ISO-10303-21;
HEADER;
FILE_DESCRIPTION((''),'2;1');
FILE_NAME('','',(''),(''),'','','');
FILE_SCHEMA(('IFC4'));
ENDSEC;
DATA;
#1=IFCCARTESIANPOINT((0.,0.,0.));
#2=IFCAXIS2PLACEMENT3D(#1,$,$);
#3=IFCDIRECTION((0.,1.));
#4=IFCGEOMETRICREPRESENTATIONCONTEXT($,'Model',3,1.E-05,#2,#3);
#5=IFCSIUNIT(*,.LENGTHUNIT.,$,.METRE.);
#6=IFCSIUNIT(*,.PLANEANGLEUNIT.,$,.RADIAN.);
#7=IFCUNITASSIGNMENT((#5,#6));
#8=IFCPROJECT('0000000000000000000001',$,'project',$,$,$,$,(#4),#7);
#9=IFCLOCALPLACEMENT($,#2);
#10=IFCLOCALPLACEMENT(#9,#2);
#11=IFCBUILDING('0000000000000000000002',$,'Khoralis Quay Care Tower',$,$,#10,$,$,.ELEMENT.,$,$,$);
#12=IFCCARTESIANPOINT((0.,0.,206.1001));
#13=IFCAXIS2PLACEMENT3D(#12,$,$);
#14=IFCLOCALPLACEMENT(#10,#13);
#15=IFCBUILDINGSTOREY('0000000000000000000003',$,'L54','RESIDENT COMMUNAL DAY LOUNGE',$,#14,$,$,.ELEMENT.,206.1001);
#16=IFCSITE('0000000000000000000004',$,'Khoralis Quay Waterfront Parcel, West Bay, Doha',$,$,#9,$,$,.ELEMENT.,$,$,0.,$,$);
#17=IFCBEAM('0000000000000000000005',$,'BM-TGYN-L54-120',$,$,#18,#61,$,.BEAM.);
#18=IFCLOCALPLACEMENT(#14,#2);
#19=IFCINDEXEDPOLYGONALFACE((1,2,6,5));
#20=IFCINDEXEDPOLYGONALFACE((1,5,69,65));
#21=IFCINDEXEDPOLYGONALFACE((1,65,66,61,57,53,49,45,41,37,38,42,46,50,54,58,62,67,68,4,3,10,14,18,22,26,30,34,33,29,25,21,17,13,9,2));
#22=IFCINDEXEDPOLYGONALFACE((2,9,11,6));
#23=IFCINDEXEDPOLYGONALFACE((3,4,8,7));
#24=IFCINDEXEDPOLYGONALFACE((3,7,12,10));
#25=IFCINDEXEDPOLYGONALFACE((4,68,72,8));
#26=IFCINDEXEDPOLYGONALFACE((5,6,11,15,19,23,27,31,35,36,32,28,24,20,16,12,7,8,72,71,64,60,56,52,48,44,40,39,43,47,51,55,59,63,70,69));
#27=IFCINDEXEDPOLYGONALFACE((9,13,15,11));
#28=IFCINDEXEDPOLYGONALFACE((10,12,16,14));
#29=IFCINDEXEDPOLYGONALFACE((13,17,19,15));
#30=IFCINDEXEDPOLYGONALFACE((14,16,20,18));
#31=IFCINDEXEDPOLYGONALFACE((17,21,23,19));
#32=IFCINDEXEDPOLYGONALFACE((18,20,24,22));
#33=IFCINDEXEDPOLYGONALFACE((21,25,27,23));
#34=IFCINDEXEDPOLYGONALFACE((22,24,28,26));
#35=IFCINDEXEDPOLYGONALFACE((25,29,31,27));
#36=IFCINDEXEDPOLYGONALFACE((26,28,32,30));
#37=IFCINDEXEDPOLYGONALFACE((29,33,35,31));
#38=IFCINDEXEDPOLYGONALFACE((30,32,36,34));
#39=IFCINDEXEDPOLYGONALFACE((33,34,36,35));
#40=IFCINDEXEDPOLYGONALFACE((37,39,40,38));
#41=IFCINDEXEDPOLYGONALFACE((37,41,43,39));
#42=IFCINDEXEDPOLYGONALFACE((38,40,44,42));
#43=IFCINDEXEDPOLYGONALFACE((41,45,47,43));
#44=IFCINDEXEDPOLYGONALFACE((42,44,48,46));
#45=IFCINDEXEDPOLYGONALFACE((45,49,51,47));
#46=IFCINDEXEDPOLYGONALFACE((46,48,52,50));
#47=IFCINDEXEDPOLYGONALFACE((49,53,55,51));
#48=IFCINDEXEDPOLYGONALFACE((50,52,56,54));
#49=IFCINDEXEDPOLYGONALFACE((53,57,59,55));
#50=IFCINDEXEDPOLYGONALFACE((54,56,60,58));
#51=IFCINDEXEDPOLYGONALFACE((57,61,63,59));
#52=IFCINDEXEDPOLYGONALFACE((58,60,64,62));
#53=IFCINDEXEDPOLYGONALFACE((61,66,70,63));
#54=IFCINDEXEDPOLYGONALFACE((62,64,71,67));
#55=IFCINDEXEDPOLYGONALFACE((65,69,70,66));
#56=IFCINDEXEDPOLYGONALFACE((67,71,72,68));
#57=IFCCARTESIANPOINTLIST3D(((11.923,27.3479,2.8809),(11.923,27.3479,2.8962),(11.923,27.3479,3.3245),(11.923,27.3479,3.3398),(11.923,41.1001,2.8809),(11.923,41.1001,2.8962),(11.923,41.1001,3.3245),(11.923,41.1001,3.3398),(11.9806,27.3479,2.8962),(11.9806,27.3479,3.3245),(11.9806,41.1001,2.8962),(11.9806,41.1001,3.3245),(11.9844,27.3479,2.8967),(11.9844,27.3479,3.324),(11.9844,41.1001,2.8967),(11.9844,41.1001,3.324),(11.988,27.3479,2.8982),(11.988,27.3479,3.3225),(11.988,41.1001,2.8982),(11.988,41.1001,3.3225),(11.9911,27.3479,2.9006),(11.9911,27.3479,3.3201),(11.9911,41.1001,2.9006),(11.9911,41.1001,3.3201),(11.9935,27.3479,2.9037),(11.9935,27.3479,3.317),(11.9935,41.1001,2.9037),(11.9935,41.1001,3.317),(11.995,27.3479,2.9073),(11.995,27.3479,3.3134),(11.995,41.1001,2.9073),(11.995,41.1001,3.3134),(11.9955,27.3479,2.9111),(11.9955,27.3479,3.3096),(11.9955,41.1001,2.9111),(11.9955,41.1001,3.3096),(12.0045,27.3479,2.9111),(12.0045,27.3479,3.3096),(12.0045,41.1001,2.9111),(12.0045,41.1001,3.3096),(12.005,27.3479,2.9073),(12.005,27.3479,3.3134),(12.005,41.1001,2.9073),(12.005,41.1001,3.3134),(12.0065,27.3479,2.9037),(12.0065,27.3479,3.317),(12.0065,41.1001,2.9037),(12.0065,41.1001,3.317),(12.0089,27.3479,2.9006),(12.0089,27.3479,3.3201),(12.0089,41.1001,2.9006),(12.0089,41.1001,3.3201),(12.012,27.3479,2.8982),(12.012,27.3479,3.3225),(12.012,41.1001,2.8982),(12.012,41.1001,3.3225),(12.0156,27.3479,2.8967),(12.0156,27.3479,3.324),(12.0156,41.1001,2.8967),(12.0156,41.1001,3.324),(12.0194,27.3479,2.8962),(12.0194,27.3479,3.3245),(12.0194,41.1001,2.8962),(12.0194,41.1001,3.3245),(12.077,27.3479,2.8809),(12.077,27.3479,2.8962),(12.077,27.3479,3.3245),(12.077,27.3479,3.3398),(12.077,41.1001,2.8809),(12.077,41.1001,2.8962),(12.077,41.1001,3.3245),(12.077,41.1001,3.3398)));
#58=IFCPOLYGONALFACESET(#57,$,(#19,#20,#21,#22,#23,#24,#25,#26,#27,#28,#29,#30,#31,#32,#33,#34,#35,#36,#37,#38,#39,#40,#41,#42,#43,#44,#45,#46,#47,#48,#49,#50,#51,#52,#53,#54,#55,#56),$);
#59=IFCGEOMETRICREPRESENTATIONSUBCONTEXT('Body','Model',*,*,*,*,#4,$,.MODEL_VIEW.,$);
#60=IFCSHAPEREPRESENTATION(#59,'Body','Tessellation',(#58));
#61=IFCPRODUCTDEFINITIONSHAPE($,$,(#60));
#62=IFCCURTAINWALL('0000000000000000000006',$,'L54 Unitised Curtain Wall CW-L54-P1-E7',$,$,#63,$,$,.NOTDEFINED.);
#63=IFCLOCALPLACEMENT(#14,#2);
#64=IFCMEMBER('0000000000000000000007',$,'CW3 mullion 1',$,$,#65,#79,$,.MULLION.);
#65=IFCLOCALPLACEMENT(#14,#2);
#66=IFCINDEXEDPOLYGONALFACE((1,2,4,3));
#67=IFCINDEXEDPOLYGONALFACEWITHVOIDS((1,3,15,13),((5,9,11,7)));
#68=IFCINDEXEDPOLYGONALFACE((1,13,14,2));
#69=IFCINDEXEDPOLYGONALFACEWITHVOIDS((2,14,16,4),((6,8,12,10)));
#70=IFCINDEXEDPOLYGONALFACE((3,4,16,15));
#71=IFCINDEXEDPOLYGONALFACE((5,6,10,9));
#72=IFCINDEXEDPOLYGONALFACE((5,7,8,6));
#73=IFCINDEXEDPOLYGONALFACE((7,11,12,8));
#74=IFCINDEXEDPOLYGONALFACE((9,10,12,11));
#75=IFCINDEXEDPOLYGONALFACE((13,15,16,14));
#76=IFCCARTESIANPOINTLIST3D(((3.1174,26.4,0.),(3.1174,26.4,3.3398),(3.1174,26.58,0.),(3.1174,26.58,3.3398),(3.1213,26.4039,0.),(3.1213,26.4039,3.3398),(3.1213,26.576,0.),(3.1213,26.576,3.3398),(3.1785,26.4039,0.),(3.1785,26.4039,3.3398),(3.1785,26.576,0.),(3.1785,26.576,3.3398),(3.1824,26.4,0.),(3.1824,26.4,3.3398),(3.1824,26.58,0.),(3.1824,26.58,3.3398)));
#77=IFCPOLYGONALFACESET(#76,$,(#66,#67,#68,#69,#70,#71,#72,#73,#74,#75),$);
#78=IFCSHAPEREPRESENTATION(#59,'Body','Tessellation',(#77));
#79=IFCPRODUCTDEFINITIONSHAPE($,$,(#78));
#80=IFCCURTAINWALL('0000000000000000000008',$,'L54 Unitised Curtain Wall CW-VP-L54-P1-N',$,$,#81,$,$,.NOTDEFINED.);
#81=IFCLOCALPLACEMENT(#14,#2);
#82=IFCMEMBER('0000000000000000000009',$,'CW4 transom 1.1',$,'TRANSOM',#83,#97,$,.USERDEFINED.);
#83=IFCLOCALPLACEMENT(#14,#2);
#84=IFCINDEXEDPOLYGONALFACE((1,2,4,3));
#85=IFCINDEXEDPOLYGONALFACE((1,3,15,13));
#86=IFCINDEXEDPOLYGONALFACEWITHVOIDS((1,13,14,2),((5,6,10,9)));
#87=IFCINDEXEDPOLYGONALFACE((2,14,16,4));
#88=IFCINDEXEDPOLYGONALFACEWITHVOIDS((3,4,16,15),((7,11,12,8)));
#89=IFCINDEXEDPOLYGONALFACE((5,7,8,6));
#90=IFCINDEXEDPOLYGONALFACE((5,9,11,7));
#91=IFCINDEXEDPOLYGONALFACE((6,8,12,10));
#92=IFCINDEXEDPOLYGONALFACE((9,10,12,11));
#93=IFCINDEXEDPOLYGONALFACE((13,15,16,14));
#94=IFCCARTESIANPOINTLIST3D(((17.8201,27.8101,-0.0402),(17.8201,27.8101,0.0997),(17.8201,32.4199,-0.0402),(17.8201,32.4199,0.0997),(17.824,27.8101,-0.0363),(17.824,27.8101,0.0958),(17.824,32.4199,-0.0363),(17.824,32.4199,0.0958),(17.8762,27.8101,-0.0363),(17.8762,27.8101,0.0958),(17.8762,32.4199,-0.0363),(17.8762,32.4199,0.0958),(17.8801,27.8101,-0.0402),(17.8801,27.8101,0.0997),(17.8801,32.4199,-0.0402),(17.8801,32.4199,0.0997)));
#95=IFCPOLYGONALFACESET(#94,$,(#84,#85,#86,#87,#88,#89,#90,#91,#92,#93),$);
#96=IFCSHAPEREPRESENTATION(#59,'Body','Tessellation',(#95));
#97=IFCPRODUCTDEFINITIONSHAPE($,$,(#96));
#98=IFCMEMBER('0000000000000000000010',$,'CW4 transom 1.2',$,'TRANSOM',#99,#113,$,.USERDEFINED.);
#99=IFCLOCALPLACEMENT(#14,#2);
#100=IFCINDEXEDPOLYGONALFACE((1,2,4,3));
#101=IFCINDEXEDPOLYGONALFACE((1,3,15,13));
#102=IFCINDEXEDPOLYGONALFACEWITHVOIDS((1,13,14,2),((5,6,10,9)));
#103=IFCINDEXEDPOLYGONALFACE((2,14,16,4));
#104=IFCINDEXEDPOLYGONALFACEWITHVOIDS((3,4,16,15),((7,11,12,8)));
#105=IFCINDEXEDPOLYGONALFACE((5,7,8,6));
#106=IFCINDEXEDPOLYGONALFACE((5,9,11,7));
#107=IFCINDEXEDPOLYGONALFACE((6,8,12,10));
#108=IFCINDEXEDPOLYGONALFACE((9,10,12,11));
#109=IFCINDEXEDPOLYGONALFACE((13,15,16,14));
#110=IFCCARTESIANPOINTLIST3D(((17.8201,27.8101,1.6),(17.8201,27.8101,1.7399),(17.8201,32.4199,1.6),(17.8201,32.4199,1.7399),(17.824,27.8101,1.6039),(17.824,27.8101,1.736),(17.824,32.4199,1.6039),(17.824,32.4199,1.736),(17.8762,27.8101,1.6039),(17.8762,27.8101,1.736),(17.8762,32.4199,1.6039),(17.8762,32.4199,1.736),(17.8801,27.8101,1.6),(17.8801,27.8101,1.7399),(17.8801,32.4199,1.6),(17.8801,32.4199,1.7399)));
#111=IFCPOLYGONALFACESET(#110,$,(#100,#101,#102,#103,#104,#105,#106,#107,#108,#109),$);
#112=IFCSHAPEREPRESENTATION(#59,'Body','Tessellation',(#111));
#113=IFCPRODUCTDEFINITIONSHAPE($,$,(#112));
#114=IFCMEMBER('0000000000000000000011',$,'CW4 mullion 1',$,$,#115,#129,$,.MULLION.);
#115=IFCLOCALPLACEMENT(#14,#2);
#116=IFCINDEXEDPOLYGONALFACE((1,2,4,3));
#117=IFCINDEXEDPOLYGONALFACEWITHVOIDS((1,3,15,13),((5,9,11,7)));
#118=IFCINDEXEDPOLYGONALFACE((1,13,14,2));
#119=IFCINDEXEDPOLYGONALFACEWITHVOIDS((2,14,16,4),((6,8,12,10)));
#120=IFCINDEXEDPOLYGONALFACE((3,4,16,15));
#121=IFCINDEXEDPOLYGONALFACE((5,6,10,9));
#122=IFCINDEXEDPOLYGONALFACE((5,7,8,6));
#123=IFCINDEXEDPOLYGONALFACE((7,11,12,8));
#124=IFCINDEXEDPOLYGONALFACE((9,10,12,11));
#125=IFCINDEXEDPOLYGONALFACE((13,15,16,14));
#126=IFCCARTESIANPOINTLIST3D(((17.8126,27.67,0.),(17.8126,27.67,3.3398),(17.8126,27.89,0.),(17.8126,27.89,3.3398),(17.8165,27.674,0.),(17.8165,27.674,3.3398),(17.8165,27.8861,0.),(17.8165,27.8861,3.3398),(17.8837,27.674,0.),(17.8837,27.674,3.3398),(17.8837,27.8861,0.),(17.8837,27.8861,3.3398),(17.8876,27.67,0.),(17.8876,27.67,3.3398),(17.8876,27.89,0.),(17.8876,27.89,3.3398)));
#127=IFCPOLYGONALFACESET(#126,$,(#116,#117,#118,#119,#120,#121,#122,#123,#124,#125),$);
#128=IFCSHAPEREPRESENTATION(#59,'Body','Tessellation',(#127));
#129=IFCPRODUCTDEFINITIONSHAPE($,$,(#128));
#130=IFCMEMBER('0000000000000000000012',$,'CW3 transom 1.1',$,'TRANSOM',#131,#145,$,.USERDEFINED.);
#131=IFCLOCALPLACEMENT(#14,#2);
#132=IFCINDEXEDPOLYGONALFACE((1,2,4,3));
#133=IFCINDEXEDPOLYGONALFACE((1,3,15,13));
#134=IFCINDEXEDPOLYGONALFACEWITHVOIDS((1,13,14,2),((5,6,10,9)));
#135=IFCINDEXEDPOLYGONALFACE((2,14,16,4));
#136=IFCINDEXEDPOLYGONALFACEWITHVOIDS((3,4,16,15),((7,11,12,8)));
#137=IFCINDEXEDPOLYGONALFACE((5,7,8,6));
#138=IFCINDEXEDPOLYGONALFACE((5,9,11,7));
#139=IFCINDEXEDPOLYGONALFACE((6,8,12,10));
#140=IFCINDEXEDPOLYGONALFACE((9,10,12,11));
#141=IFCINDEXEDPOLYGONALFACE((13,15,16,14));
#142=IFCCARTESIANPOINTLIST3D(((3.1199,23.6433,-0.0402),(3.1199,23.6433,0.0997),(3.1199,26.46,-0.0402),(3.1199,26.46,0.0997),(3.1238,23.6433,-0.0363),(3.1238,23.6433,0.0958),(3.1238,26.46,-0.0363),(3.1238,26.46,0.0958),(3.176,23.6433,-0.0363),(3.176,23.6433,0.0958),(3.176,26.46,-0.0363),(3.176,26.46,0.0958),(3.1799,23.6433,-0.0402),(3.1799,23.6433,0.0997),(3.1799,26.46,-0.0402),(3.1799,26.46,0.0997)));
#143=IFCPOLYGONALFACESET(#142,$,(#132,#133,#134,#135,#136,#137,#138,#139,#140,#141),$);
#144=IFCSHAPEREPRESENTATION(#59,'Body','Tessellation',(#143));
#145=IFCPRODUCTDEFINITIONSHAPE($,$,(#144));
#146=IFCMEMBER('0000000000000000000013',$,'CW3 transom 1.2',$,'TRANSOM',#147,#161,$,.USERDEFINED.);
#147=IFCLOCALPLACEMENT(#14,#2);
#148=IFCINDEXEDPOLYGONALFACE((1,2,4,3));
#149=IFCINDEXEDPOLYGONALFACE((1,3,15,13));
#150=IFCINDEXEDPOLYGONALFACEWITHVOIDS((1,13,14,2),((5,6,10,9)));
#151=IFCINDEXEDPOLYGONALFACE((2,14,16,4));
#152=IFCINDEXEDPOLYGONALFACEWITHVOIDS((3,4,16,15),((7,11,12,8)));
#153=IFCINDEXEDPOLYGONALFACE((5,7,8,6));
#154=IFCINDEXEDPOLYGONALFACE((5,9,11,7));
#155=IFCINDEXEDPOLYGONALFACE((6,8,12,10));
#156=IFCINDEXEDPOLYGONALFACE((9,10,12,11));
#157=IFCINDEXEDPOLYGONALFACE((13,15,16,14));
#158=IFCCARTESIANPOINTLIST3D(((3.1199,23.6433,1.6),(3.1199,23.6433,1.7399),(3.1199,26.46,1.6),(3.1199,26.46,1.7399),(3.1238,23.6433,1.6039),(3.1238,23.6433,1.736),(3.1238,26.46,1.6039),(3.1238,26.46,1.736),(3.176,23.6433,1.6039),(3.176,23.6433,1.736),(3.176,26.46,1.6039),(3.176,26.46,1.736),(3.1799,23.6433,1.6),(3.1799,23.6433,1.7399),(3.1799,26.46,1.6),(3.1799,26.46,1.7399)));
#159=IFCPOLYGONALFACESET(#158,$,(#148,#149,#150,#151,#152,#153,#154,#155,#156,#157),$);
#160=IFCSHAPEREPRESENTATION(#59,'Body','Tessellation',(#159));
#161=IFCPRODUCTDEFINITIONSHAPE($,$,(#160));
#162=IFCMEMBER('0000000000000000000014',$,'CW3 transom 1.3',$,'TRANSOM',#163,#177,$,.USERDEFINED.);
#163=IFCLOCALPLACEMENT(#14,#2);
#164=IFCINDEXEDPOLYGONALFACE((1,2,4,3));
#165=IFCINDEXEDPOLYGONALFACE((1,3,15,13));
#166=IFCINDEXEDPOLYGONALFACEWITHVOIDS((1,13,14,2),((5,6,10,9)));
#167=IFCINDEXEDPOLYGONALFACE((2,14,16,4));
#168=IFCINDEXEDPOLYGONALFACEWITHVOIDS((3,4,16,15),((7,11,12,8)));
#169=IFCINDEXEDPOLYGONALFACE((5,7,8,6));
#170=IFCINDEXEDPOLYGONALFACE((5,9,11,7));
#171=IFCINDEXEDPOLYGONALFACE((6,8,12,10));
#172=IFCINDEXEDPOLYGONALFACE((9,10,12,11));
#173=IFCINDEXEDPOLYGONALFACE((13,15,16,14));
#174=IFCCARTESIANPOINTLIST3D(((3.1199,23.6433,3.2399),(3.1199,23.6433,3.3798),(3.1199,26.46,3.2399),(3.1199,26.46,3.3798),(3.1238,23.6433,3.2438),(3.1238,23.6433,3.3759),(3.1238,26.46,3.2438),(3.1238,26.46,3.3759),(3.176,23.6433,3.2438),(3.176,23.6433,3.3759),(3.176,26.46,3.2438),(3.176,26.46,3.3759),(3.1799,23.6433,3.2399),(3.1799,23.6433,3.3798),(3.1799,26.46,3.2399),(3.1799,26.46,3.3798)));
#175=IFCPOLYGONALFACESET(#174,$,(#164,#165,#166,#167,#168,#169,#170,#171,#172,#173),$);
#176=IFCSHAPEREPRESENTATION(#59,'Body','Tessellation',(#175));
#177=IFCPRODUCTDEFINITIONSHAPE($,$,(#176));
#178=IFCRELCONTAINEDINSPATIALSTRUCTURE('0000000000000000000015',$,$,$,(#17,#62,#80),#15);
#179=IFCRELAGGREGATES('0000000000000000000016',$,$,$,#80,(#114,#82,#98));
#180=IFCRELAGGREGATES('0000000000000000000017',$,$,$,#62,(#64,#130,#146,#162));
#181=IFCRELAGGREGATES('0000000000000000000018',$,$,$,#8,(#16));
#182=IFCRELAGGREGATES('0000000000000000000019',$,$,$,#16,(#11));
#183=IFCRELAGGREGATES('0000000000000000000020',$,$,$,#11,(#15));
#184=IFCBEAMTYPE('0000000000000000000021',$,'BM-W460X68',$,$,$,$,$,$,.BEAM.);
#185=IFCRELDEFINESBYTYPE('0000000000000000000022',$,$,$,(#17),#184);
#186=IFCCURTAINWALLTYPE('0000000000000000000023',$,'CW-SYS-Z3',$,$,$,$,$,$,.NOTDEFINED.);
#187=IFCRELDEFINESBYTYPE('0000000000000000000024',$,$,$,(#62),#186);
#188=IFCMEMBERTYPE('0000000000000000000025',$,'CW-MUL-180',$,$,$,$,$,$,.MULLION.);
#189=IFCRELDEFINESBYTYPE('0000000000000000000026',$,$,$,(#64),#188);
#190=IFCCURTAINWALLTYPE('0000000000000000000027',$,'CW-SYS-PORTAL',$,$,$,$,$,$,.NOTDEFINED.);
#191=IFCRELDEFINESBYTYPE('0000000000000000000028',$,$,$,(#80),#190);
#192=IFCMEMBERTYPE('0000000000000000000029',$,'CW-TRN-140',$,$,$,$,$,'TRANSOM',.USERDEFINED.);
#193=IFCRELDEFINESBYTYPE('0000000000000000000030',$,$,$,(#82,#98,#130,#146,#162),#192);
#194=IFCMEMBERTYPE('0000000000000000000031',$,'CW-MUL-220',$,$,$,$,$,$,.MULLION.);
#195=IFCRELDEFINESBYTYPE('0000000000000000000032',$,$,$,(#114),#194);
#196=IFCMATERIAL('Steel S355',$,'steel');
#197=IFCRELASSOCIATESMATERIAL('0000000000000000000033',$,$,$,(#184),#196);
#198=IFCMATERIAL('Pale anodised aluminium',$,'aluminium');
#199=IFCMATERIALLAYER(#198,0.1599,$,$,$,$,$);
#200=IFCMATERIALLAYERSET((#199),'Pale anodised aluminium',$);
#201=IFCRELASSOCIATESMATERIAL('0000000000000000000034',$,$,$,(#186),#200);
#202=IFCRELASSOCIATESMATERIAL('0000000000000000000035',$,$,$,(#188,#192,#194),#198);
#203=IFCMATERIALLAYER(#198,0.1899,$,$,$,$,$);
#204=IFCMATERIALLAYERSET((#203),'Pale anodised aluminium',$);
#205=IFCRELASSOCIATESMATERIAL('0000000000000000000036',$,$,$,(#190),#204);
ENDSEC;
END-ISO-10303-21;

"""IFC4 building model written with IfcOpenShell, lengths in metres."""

from ifc_helpers import new_model, si_unit, direction, frame, origin, origin_2d, place, context, subcontext, project, spatial, hollow_rectangle, i_section, extrude, source, transform, mapped, material, layer, layer_set, material_profile, profile_set, type_object, element, aggregate, save


model = new_model("IFC4")

# Units and contexts
model_context = context("Model", 3, precision=1e-05, world=origin(), true_north=direction((0.0, 1.0)))
body_context = subcontext(model_context, "Body", "Model", "MODEL_VIEW")
ifc_project = project(units=[si_unit("LENGTHUNIT", "METRE"), si_unit("PLANEANGLEUNIT", "RADIAN")], contexts=[model_context])

# Site, building, storey
site_placement = place(None, origin())
site = spatial("IfcSite", under=ifc_project, at=site_placement, Name="Khoralis Quay Waterfront Parcel, West Bay, Doha", CompositionType="ELEMENT", RefElevation=0.0)
building_placement = place(site_placement, origin())
building = spatial("IfcBuilding", under=site, at=building_placement, Name="Khoralis Quay Care Tower", CompositionType="ELEMENT")
storey_placement = place(building_placement, frame((0.0, 0.0, 206.1001)))
storey = spatial("IfcBuildingStorey", under=building, at=storey_placement, Name="L54", Description="RESIDENT COMMUNAL DAY LOUNGE", CompositionType="ELEMENT", Elevation=206.1001)

# Beam
ifc_material_1 = material(Name="Steel S355", Category="steel")
ifc_material_profile_1 = material_profile(ifc_material_1, i_section(OverallWidth=0.1541, OverallDepth=0.459, WebThickness=0.009, FlangeThickness=0.0154, FilletRadius=0.0149, at=origin_2d()), Name="Steel S355")
ifc_profile_set_1 = profile_set([ifc_material_profile_1], Name="Steel S355")
beam_type_1 = type_object("IfcBeamType", Name="BM-W460X68", PredefinedType="BEAM", material=ifc_profile_set_1)
shared_shape_1 = source(origin(), body_context, "Body", "SweptSolid", [
    extrude(i_section(OverallWidth=0.1541, OverallDepth=0.459, WebThickness=0.009, FlangeThickness=0.0154, FilletRadius=0.0149, at=origin_2d()), origin(), (0.0, 0.0, 1.0), 13.7522),
])
beam_1_placement = place(storey_placement, frame((12.0, 27.3479, 3.1104), z_axis=(0.0, 1.0, 0.0), x_axis=(-1.0, 0.0, 0.0)))
element("IfcBeam", 1, at=beam_1_placement, inside=storey, type_object=beam_type_1, Name="BM-TGYN-L54-120", PredefinedType="BEAM", context=body_context, shape_type="MappedRepresentation", body=[
    mapped(shared_shape_1, transform((0.0, 0.0, 0.0), scale=1.0)),
])

# Curtain wall, member
ifc_material_2 = material(Name="Pale anodised aluminium", Category="aluminium")
ifc_layer_1 = layer(ifc_material_2, 0.1599)
ifc_layer_set_1 = layer_set([ifc_layer_1], Name="Pale anodised aluminium")
curtain_wall_type_1 = type_object("IfcCurtainWallType", Name="CW-SYS-Z3", PredefinedType="NOTDEFINED", material=ifc_layer_set_1)
curtain_wall_1_placement = place(storey_placement, origin())
curtain_wall_1 = element("IfcCurtainWall", 2, at=curtain_wall_1_placement, inside=storey, type_object=curtain_wall_type_1, Name="L54 Unitised Curtain Wall CW-L54-P1-E7", PredefinedType="NOTDEFINED")
ifc_material_profile_2 = material_profile(ifc_material_2, hollow_rectangle(XDim=0.0649, YDim=0.1799, WallThickness=0.0039, at=origin_2d()), Name="Pale anodised aluminium")
ifc_profile_set_2 = profile_set([ifc_material_profile_2], Name="Pale anodised aluminium")
member_type_1 = type_object("IfcMemberType", Name="CW-MUL-180", PredefinedType="MULLION", material=ifc_profile_set_2)
shared_shape_2 = source(origin(), body_context, "Body", "SweptSolid", [
    extrude(hollow_rectangle(XDim=0.0649, YDim=0.1799, WallThickness=0.0039, at=origin_2d()), origin(), (0.0, 0.0, 1.0), 3.3398),
])
member_1_placement = place(storey_placement, frame((3.1499, 26.49, 0.0), z_axis=(0.0, 0.0, 1.0), x_axis=(1.0, 0.0, 0.0)))
member_1 = element("IfcMember", 3, at=member_1_placement, type_object=member_type_1, Name="CW3 mullion 1", PredefinedType="MULLION", context=body_context, shape_type="MappedRepresentation", body=[
    mapped(shared_shape_2, transform((0.0, 0.0, 0.0), scale=1.0)),
])

# Curtain wall, members
ifc_layer_2 = layer(ifc_material_2, 0.1899)
ifc_layer_set_2 = layer_set([ifc_layer_2], Name="Pale anodised aluminium")
curtain_wall_type_2 = type_object("IfcCurtainWallType", Name="CW-SYS-PORTAL", PredefinedType="NOTDEFINED", material=ifc_layer_set_2)
curtain_wall_2_placement = place(storey_placement, origin())
curtain_wall_2 = element("IfcCurtainWall", 4, at=curtain_wall_2_placement, inside=storey, type_object=curtain_wall_type_2, Name="L54 Unitised Curtain Wall CW-VP-L54-P1-N", PredefinedType="NOTDEFINED")
ifc_material_profile_3 = material_profile(ifc_material_2, hollow_rectangle(XDim=0.0601, YDim=0.1399, WallThickness=0.0039, at=origin_2d()), Name="Pale anodised aluminium")
ifc_profile_set_3 = profile_set([ifc_material_profile_3], Name="Pale anodised aluminium")
member_type_2 = type_object("IfcMemberType", Name="CW-TRN-140", ElementType="TRANSOM", PredefinedType="USERDEFINED", material=ifc_profile_set_3)
shared_shape_3 = source(origin(), body_context, "Body", "SweptSolid", [
    extrude(hollow_rectangle(XDim=0.0601, YDim=0.1399, WallThickness=0.0039, at=origin_2d()), origin(), (0.0, 0.0, 1.0), 4.6099),
])
member_2_placement = place(storey_placement, frame((17.8501, 27.8101, 0.0298), z_axis=(0.0, 1.0, 0.0), x_axis=(-1.0, 0.0, 0.0)))
member_2 = element("IfcMember", 5, at=member_2_placement, type_object=member_type_2, Name="CW4 transom 1.1", ObjectType="TRANSOM", PredefinedType="USERDEFINED", context=body_context, shape_type="MappedRepresentation", body=[
    mapped(shared_shape_3, transform((0.0, 0.0, 0.0), scale=1.0)),
])
member_3_placement = place(storey_placement, frame((17.8501, 27.8101, 1.6699), z_axis=(0.0, 1.0, 0.0), x_axis=(-1.0, 0.0, 0.0)))
member_3 = element("IfcMember", 6, at=member_3_placement, type_object=member_type_2, Name="CW4 transom 1.2", ObjectType="TRANSOM", PredefinedType="USERDEFINED", context=body_context, shape_type="MappedRepresentation", body=[
    mapped(shared_shape_3, transform((0.0, 0.0, 0.0), scale=1.0)),
])
ifc_material_profile_4 = material_profile(ifc_material_2, hollow_rectangle(XDim=0.075, YDim=0.22, WallThickness=0.0039, at=origin_2d()), Name="Pale anodised aluminium")
ifc_profile_set_4 = profile_set([ifc_material_profile_4], Name="Pale anodised aluminium")
member_type_3 = type_object("IfcMemberType", Name="CW-MUL-220", PredefinedType="MULLION", material=ifc_profile_set_4)
shared_shape_4 = source(origin(), body_context, "Body", "SweptSolid", [
    extrude(hollow_rectangle(XDim=0.075, YDim=0.22, WallThickness=0.0039, at=origin_2d()), origin(), (0.0, 0.0, 1.0), 3.3398),
])
member_4_placement = place(storey_placement, frame((17.8501, 27.78, 0.0), z_axis=(0.0, 0.0, 1.0), x_axis=(-1.0, 0.0, 0.0)))
member_4 = element("IfcMember", 7, at=member_4_placement, type_object=member_type_3, Name="CW4 mullion 1", PredefinedType="MULLION", context=body_context, shape_type="MappedRepresentation", body=[
    mapped(shared_shape_4, transform((0.0, 0.0, 0.0), scale=1.0)),
])
aggregate(curtain_wall_2, [member_4, member_2, member_3])

# Members
shared_shape_5 = source(origin(), body_context, "Body", "SweptSolid", [
    extrude(hollow_rectangle(XDim=0.0601, YDim=0.1399, WallThickness=0.0039, at=origin_2d()), origin(), (0.0, 0.0, 1.0), 2.8167),
])
member_5_placement = place(storey_placement, frame((3.1499, 26.46, 0.0298), z_axis=(0.0, -1.0, 0.0), x_axis=(1.0, 0.0, 0.0)))
member_5 = element("IfcMember", 8, at=member_5_placement, type_object=member_type_2, Name="CW3 transom 1.1", ObjectType="TRANSOM", PredefinedType="USERDEFINED", context=body_context, shape_type="MappedRepresentation", body=[
    mapped(shared_shape_5, transform((0.0, 0.0, 0.0), scale=1.0)),
])
member_6_placement = place(storey_placement, frame((3.1499, 26.46, 1.6699), z_axis=(0.0, -1.0, 0.0), x_axis=(1.0, 0.0, 0.0)))
member_6 = element("IfcMember", 9, at=member_6_placement, type_object=member_type_2, Name="CW3 transom 1.2", ObjectType="TRANSOM", PredefinedType="USERDEFINED", context=body_context, shape_type="MappedRepresentation", body=[
    mapped(shared_shape_5, transform((0.0, 0.0, 0.0), scale=1.0)),
])
member_7_placement = place(storey_placement, frame((3.1499, 26.46, 3.3098), z_axis=(0.0, -1.0, 0.0), x_axis=(1.0, 0.0, 0.0)))
member_7 = element("IfcMember", 10, at=member_7_placement, type_object=member_type_2, Name="CW3 transom 1.3", ObjectType="TRANSOM", PredefinedType="USERDEFINED", context=body_context, shape_type="MappedRepresentation", body=[
    mapped(shared_shape_5, transform((0.0, 0.0, 0.0), scale=1.0)),
])
aggregate(curtain_wall_1, [member_1, member_5, member_6, member_7])

save(model, "model.ifc")
